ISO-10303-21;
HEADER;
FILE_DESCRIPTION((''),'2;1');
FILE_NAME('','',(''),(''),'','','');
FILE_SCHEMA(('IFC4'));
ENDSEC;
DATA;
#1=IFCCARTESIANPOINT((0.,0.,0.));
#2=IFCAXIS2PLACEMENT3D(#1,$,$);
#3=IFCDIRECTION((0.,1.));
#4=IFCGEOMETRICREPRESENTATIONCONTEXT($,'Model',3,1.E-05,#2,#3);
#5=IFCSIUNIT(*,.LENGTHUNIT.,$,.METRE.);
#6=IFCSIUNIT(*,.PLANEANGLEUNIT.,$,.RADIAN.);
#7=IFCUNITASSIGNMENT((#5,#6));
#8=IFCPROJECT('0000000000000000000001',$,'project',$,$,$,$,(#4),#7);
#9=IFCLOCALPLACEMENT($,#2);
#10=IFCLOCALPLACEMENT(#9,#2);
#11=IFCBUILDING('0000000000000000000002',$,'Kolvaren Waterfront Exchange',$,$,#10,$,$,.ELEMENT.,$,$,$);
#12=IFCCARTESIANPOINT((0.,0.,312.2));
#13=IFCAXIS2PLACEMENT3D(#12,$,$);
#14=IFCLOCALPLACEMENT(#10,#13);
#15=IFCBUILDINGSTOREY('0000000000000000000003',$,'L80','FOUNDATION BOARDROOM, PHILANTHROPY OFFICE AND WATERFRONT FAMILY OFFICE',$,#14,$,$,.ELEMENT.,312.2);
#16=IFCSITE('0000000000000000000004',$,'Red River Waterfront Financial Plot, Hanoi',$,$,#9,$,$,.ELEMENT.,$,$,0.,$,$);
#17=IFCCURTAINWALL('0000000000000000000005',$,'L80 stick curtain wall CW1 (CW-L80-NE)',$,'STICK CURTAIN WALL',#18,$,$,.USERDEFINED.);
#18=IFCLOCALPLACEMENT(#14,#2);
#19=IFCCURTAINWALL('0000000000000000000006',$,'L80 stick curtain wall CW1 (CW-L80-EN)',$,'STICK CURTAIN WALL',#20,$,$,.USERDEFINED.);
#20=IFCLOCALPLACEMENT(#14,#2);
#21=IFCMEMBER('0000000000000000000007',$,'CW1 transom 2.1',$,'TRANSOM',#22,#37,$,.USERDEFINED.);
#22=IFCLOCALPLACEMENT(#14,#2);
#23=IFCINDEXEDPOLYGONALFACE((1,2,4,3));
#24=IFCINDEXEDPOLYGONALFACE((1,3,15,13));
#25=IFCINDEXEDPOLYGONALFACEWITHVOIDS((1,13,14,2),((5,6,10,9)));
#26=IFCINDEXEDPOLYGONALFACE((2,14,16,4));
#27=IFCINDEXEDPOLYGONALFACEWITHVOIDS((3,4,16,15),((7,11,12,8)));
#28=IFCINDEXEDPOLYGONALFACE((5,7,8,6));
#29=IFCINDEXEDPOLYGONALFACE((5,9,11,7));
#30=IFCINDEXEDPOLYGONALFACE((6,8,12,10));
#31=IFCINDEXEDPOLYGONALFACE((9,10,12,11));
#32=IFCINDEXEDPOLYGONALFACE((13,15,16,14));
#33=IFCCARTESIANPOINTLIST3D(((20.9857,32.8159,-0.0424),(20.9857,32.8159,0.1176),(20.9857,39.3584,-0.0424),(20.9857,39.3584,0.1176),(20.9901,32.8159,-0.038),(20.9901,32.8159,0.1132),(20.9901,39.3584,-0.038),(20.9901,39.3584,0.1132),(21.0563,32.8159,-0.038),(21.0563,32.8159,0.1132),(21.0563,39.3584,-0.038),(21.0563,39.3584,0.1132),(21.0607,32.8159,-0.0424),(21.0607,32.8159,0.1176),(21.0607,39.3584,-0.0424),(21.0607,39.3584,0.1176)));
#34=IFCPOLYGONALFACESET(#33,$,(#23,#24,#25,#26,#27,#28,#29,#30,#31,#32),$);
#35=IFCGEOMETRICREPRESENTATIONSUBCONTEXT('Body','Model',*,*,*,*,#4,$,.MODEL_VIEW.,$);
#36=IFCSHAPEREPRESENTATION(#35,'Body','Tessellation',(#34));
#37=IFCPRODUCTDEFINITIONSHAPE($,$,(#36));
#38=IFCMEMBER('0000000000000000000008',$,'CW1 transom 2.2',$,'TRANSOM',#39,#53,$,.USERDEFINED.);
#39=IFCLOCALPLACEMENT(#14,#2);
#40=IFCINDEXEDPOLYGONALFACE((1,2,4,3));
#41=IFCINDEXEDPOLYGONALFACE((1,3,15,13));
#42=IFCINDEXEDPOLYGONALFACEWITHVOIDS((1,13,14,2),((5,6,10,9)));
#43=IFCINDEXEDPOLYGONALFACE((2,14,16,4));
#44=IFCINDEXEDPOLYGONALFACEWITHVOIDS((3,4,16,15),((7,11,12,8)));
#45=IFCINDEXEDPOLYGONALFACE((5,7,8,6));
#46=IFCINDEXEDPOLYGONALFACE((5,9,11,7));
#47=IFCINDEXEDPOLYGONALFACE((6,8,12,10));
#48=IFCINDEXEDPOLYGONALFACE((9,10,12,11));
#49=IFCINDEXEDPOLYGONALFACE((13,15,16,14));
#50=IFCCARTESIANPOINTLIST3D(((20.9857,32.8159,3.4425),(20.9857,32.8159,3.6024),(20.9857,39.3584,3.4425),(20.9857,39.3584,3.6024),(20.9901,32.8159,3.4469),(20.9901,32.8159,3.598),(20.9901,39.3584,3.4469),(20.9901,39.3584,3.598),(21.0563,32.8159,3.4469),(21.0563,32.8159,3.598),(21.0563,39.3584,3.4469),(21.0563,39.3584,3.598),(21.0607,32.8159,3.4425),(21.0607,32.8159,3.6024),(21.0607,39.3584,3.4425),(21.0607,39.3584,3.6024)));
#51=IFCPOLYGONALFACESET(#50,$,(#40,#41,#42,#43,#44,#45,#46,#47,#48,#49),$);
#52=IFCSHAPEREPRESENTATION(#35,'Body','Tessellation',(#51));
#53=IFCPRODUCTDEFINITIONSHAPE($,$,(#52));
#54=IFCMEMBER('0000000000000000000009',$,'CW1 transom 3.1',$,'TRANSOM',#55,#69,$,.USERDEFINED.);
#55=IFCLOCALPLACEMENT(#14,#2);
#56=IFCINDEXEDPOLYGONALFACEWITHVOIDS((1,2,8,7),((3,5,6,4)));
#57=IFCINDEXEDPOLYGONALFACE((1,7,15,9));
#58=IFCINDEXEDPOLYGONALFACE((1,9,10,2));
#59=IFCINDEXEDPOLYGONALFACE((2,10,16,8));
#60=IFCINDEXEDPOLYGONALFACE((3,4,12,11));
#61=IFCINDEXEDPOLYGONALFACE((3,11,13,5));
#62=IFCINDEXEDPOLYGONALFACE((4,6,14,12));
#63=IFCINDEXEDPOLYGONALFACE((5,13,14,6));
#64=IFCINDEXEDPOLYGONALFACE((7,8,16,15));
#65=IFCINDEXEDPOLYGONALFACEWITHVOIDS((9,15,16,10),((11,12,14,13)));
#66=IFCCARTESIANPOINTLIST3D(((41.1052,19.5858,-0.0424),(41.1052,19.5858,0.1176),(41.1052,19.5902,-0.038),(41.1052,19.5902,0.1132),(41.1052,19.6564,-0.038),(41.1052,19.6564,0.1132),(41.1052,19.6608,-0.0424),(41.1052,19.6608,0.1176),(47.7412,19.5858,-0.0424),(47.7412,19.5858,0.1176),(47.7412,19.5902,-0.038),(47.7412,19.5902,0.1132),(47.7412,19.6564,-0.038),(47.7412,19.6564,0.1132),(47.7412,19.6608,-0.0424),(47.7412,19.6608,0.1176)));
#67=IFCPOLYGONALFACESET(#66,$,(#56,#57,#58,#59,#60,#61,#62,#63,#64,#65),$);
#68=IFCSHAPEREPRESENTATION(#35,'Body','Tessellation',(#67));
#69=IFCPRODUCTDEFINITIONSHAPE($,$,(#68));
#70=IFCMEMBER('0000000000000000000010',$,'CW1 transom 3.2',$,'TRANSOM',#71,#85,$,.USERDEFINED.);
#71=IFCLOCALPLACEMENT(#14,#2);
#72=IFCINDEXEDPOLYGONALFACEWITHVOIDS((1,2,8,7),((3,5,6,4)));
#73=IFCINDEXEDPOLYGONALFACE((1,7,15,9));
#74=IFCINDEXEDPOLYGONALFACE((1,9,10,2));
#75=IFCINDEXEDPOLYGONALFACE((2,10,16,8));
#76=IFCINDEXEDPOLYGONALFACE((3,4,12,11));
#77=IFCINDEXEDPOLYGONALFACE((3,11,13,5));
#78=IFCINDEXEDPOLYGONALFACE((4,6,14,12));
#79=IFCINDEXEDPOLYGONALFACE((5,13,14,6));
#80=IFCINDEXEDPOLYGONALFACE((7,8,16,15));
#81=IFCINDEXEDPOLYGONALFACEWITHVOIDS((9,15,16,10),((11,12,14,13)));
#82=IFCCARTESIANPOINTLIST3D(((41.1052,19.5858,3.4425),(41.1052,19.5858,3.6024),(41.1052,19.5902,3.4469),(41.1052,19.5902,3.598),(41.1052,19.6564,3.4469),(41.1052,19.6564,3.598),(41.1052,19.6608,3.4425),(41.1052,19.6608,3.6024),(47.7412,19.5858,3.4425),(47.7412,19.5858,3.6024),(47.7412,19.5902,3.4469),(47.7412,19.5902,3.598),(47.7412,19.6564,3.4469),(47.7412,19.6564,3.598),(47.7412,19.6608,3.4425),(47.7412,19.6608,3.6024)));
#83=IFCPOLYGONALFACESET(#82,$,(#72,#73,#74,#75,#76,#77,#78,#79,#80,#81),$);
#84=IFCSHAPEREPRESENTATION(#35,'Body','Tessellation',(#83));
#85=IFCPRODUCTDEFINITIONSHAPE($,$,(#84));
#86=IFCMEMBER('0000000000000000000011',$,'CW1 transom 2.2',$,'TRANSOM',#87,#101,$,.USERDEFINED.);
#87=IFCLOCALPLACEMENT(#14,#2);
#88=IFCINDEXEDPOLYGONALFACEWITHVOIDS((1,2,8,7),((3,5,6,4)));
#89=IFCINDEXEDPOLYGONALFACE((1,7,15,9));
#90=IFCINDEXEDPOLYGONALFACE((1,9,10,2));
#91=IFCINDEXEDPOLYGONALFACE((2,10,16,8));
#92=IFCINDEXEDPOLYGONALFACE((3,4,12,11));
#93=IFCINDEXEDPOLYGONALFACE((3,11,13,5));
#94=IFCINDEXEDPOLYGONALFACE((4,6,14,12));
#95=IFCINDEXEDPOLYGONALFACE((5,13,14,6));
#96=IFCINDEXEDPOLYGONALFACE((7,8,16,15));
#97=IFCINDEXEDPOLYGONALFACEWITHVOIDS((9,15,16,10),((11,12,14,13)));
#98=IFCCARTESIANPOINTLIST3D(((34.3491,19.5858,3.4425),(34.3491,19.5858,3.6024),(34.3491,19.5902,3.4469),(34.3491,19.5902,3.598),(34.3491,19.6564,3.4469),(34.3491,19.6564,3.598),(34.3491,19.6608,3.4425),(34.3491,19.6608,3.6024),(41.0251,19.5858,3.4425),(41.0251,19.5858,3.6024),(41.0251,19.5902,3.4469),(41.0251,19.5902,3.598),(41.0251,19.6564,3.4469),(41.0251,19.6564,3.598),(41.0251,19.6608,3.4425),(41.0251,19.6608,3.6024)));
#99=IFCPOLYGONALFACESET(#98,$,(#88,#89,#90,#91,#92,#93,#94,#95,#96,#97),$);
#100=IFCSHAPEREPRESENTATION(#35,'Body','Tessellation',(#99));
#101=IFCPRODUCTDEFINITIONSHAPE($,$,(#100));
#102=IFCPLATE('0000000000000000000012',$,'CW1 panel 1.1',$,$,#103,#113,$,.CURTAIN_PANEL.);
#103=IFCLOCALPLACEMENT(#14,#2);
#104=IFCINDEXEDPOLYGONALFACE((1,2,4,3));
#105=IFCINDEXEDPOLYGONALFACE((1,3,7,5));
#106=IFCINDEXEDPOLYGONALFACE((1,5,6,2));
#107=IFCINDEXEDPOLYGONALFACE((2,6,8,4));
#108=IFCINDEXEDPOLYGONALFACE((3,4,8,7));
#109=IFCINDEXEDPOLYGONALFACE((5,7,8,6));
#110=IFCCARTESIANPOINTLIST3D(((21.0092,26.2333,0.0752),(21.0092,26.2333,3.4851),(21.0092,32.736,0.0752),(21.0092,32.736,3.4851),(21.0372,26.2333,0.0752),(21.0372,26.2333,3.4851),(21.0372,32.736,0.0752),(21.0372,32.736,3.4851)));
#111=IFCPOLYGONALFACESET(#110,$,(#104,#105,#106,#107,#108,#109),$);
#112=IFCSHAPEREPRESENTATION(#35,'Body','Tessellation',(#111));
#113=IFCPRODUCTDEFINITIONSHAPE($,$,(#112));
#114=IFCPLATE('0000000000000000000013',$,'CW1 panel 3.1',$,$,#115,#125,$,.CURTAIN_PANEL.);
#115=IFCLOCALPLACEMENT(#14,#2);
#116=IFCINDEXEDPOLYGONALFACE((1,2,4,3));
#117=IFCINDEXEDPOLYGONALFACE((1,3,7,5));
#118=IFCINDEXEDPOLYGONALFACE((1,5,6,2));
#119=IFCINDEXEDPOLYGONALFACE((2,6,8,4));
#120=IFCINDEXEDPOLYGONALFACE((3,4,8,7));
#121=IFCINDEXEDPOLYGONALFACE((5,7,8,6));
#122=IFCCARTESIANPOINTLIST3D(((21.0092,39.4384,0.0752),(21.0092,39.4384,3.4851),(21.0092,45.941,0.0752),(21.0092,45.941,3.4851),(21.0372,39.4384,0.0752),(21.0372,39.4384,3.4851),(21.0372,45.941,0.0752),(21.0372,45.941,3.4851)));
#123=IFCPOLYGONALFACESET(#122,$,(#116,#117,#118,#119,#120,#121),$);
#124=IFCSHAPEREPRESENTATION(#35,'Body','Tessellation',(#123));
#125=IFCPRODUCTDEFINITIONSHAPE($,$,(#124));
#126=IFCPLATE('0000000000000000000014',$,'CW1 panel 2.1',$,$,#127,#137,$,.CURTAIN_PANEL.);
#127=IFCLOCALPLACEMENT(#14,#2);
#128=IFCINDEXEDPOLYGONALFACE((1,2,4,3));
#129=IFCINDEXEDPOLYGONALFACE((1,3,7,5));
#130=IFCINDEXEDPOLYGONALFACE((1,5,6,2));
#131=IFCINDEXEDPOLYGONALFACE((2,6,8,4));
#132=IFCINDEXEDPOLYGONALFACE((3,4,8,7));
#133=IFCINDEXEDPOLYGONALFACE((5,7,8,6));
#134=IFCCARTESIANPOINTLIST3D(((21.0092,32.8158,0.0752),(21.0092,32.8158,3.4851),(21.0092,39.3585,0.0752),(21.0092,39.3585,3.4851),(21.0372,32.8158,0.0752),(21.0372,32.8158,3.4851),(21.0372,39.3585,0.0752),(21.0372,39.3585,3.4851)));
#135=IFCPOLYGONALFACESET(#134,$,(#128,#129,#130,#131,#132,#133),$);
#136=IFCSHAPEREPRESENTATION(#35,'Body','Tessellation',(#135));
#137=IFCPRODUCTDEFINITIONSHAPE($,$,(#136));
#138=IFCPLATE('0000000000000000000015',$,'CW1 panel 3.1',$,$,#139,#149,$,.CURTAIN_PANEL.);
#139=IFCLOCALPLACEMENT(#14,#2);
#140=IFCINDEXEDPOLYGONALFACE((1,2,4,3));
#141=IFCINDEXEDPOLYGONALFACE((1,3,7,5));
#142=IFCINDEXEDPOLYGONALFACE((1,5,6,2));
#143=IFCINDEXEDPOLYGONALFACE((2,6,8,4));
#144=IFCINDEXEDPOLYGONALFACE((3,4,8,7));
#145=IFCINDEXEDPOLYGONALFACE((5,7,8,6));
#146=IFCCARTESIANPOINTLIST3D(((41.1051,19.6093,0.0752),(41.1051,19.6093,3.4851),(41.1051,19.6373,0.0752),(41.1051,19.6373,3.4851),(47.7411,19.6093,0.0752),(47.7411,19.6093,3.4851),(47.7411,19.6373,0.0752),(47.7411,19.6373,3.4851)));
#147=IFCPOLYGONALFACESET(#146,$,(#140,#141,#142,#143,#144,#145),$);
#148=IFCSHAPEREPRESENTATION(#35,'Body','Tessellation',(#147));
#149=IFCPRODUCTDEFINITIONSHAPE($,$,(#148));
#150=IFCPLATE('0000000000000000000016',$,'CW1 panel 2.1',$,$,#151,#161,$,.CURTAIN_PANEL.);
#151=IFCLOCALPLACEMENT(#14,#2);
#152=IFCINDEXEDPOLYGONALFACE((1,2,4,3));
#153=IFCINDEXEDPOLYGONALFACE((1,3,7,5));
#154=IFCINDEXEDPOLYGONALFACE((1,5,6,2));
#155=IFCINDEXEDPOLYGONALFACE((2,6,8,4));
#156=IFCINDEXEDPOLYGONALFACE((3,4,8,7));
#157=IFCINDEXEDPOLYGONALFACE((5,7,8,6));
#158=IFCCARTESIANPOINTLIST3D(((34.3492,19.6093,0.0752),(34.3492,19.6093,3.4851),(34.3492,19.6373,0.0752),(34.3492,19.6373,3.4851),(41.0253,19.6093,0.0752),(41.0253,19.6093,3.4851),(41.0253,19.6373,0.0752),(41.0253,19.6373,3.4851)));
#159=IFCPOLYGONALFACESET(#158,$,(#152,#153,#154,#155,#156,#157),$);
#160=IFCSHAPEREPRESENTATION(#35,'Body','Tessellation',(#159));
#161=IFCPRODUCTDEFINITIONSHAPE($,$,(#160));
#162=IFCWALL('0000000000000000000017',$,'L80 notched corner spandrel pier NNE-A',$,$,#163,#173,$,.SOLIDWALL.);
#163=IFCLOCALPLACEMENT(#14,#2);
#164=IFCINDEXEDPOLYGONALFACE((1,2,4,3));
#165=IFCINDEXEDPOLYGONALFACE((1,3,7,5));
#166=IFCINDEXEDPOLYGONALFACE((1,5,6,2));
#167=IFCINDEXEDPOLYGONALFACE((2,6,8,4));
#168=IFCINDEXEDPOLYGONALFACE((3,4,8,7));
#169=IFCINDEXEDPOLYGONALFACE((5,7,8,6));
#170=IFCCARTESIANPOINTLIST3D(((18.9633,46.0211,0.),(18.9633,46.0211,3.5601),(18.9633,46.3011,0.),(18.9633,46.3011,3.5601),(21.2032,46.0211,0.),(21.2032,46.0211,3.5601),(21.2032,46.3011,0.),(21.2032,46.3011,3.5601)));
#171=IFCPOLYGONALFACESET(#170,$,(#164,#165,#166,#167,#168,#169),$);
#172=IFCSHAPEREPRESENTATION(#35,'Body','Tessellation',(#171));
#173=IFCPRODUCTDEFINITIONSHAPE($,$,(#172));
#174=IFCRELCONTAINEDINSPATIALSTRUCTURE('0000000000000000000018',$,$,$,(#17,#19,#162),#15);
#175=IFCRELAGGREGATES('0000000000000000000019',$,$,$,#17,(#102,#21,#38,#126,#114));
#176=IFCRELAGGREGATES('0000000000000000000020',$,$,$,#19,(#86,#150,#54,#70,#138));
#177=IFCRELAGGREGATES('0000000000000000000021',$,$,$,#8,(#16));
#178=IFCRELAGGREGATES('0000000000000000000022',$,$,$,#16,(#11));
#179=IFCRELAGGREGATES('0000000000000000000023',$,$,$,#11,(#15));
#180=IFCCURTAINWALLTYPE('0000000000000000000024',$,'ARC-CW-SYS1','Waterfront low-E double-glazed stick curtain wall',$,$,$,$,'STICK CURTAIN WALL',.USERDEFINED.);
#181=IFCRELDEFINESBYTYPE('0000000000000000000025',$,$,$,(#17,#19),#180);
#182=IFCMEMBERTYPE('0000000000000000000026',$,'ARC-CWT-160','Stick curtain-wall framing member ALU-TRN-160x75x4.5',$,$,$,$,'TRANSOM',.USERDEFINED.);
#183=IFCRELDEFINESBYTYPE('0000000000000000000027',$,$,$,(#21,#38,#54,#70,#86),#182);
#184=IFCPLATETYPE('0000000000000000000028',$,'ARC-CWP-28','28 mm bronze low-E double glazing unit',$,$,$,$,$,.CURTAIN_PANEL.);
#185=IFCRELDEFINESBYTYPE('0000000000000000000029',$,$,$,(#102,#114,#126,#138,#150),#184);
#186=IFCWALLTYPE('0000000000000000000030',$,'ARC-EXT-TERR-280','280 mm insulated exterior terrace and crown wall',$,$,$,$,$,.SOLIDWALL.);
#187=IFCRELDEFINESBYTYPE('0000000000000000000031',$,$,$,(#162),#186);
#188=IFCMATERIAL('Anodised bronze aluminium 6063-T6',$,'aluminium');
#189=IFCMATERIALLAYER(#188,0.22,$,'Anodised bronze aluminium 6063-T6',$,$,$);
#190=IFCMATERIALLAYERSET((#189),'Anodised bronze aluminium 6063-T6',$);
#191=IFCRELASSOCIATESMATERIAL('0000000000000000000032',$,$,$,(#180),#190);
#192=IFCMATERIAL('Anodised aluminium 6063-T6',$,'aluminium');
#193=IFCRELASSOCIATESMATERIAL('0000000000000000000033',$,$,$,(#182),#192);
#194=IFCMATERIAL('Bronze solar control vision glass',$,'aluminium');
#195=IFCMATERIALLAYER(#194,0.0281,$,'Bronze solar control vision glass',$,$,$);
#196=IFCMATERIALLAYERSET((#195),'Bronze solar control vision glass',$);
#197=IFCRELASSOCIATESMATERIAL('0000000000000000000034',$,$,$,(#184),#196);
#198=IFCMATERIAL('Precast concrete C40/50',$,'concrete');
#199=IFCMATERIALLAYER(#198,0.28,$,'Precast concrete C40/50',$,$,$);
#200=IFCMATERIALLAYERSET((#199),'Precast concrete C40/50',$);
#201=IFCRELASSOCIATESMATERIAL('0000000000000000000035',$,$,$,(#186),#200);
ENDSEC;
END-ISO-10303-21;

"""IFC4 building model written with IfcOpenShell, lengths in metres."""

from ifc_helpers import new_model, si_unit, direction, frame, frame_2d, origin, origin_with_axes, origin_2d, place, context, subcontext, project, spatial, rectangle, hollow_rectangle, extrude, source, transform, mapped, material, layer, layer_set, material_profile, profile_set, type_object, element, aggregate, save


model = new_model("IFC4")

# Units and contexts
model_context = context("Model", 3, precision=1e-05, world=origin(), true_north=direction((0.0, 1.0)))
body_context = subcontext(model_context, "Body", "Model", "MODEL_VIEW")
ifc_project = project(units=[si_unit("LENGTHUNIT", "METRE"), si_unit("PLANEANGLEUNIT", "RADIAN")], contexts=[model_context])

# Site, building, storey
site_placement = place(None, origin())
site = spatial("IfcSite", under=ifc_project, at=site_placement, Name="Red River Waterfront Financial Plot, Hanoi", CompositionType="ELEMENT", RefElevation=0.0)
building_placement = place(site_placement, origin())
building = spatial("IfcBuilding", under=site, at=building_placement, Name="Kolvaren Waterfront Exchange", CompositionType="ELEMENT")
storey_placement = place(building_placement, frame((0.0, 0.0, 312.2)))
storey = spatial("IfcBuildingStorey", under=building, at=storey_placement, Name="L80", Description="FOUNDATION BOARDROOM, PHILANTHROPY OFFICE AND WATERFRONT FAMILY OFFICE", CompositionType="ELEMENT", Elevation=312.2)

# Curtain walls
ifc_material_1 = material(Name="Anodised bronze aluminium 6063-T6", Category="aluminium")
ifc_layer_1 = layer(ifc_material_1, 0.22, Name="Anodised bronze aluminium 6063-T6")
ifc_layer_set_1 = layer_set([ifc_layer_1], Name="Anodised bronze aluminium 6063-T6")
curtain_wall_type = type_object("IfcCurtainWallType", Name="ARC-CW-SYS1", Description="Waterfront low-E double-glazed stick curtain wall", ElementType="STICK CURTAIN WALL", PredefinedType="USERDEFINED", material=ifc_layer_set_1)
curtain_wall_1_placement = place(storey_placement, origin())
curtain_wall_1 = element("IfcCurtainWall", 1, at=curtain_wall_1_placement, inside=storey, type_object=curtain_wall_type, Name="L80 stick curtain wall CW1 (CW-L80-NE)", ObjectType="STICK CURTAIN WALL", PredefinedType="USERDEFINED")
ifc_material_2 = material(Name="Anodised aluminium 6063-T6", Category="aluminium")
curtain_wall_2_placement = place(storey_placement, origin())
curtain_wall_2 = element("IfcCurtainWall", 2, at=curtain_wall_2_placement, inside=storey, type_object=curtain_wall_type, Name="L80 stick curtain wall CW1 (CW-L80-EN)", ObjectType="STICK CURTAIN WALL", PredefinedType="USERDEFINED")

# Members
ifc_material_profile_1 = material_profile(ifc_material_2, hollow_rectangle(XDim=0.075, YDim=0.1599, WallThickness=0.0044, at=origin_2d()), Name="ALU-TRN-160x75x4.5")
ifc_profile_set_1 = profile_set([ifc_material_profile_1], Name="Anodised aluminium 6063-T6")
member_type_1 = type_object("IfcMemberType", Name="ARC-CWT-160", Description="Stick curtain-wall framing member ALU-TRN-160x75x4.5", ElementType="TRANSOM", PredefinedType="USERDEFINED", material=ifc_profile_set_1)
shared_shape_1 = source(origin_with_axes(), body_context, "Body", "SweptSolid", [
    extrude(hollow_rectangle(XDim=0.075, YDim=0.1599, WallThickness=0.0044, at=origin_2d()), origin(), (0.0, 0.0, 1.0), 6.5425),
])
member_1_placement = place(storey_placement, frame((21.0232, 32.8159, 0.0376), z_axis=(0.0, 1.0, 0.0), x_axis=(-1.0, 0.0, 0.0)))
member_1 = element("IfcMember", 3, at=member_1_placement, type_object=member_type_1, Name="CW1 transom 2.1", ObjectType="TRANSOM", PredefinedType="USERDEFINED", context=body_context, shape_type="MappedRepresentation", body=[
    mapped(shared_shape_1, transform((0.0, 0.0, 0.0), x_axis=(1.0, 0.0, 0.0), y_axis=(0.0, 1.0, 0.0), z_axis=(0.0, 0.0, 1.0), scale=1.0)),
])
member_2_placement = place(storey_placement, frame((21.0232, 32.8159, 3.5225), z_axis=(0.0, 1.0, 0.0), x_axis=(-1.0, 0.0, 0.0)))
member_2 = element("IfcMember", 4, at=member_2_placement, type_object=member_type_1, Name="CW1 transom 2.2", ObjectType="TRANSOM", PredefinedType="USERDEFINED", context=body_context, shape_type="MappedRepresentation", body=[
    mapped(shared_shape_1, transform((0.0, 0.0, 0.0), x_axis=(1.0, 0.0, 0.0), y_axis=(0.0, 1.0, 0.0), z_axis=(0.0, 0.0, 1.0), scale=1.0)),
])
shared_shape_2 = source(origin_with_axes(), body_context, "Body", "SweptSolid", [
    extrude(hollow_rectangle(XDim=0.075, YDim=0.1599, WallThickness=0.0044, at=origin_2d()), origin(), (0.0, 0.0, 1.0), 6.636),
])
member_3_placement = place(storey_placement, frame((41.1052, 19.6233, 0.0376), z_axis=(1.0, 0.0, 0.0), x_axis=(0.0, 1.0, 0.0)))
member_3 = element("IfcMember", 5, at=member_3_placement, type_object=member_type_1, Name="CW1 transom 3.1", ObjectType="TRANSOM", PredefinedType="USERDEFINED", context=body_context, shape_type="MappedRepresentation", body=[
    mapped(shared_shape_2, transform((0.0, 0.0, 0.0), x_axis=(1.0, 0.0, 0.0), y_axis=(0.0, 1.0, 0.0), z_axis=(0.0, 0.0, 1.0), scale=1.0)),
])
member_4_placement = place(storey_placement, frame((41.1052, 19.6233, 3.5225), z_axis=(1.0, 0.0, 0.0), x_axis=(0.0, 1.0, 0.0)))
member_4 = element("IfcMember", 6, at=member_4_placement, type_object=member_type_1, Name="CW1 transom 3.2", ObjectType="TRANSOM", PredefinedType="USERDEFINED", context=body_context, shape_type="MappedRepresentation", body=[
    mapped(shared_shape_2, transform((0.0, 0.0, 0.0), x_axis=(1.0, 0.0, 0.0), y_axis=(0.0, 1.0, 0.0), z_axis=(0.0, 0.0, 1.0), scale=1.0)),
])
shared_shape_3 = source(origin_with_axes(), body_context, "Body", "SweptSolid", [
    extrude(hollow_rectangle(XDim=0.075, YDim=0.1599, WallThickness=0.0044, at=origin_2d()), origin(), (0.0, 0.0, 1.0), 6.676),
])
member_5_placement = place(storey_placement, frame((34.3491, 19.6233, 3.5225), z_axis=(1.0, 0.0, 0.0), x_axis=(0.0, 1.0, 0.0)))
member_5 = element("IfcMember", 7, at=member_5_placement, type_object=member_type_1, Name="CW1 transom 2.2", ObjectType="TRANSOM", PredefinedType="USERDEFINED", context=body_context, shape_type="MappedRepresentation", body=[
    mapped(shared_shape_3, transform((0.0, 0.0, 0.0), x_axis=(1.0, 0.0, 0.0), y_axis=(0.0, 1.0, 0.0), z_axis=(0.0, 0.0, 1.0), scale=1.0)),
])

# Plates
ifc_material_3 = material(Name="Bronze solar control vision glass", Category="aluminium")
ifc_layer_2 = layer(ifc_material_3, 0.0281, Name="Bronze solar control vision glass")
ifc_layer_set_2 = layer_set([ifc_layer_2], Name="Bronze solar control vision glass")
plate_type = type_object("IfcPlateType", Name="ARC-CWP-28", Description="28 mm bronze low-E double glazing unit", PredefinedType="CURTAIN_PANEL", material=ifc_layer_set_2)
shared_shape_4 = source(origin_with_axes(), body_context, "Body", "SweptSolid", [
    extrude(rectangle(XDim=6.5027, YDim=0.0281, at=origin_2d()), origin(), (0.0, 0.0, 1.0), 3.4099),
])
plate_1_placement = place(storey_placement, frame((21.0232, 29.4846, 0.0752), z_axis=(0.0, 0.0, 1.0), x_axis=(0.0, 1.0, 0.0)))
plate_1 = element("IfcPlate", 8, at=plate_1_placement, type_object=plate_type, Name="CW1 panel 1.1", PredefinedType="CURTAIN_PANEL", context=body_context, shape_type="MappedRepresentation", body=[
    mapped(shared_shape_4, transform((0.0, 0.0, 0.0), x_axis=(1.0, 0.0, 0.0), y_axis=(0.0, 1.0, 0.0), z_axis=(0.0, 0.0, 1.0), scale=1.0)),
])
plate_2_placement = place(storey_placement, frame((21.0232, 42.6897, 0.0752), z_axis=(0.0, 0.0, 1.0), x_axis=(0.0, 1.0, 0.0)))
plate_2 = element("IfcPlate", 9, at=plate_2_placement, type_object=plate_type, Name="CW1 panel 3.1", PredefinedType="CURTAIN_PANEL", context=body_context, shape_type="MappedRepresentation", body=[
    mapped(shared_shape_4, transform((0.0, 0.0, 0.0), x_axis=(1.0, 0.0, 0.0), y_axis=(0.0, 1.0, 0.0), z_axis=(0.0, 0.0, 1.0), scale=1.0)),
])
shared_shape_5 = source(origin_with_axes(), body_context, "Body", "SweptSolid", [
    extrude(rectangle(XDim=6.5427, YDim=0.0281, at=origin_2d()), origin(), (0.0, 0.0, 1.0), 3.4099),
])
plate_3_placement = place(storey_placement, frame((21.0232, 36.0872, 0.0752), z_axis=(0.0, 0.0, 1.0), x_axis=(0.0, 1.0, 0.0)))
plate_3 = element("IfcPlate", 10, at=plate_3_placement, type_object=plate_type, Name="CW1 panel 2.1", PredefinedType="CURTAIN_PANEL", context=body_context, shape_type="MappedRepresentation", body=[
    mapped(shared_shape_5, transform((0.0, 0.0, 0.0), x_axis=(1.0, 0.0, 0.0), y_axis=(0.0, 1.0, 0.0), z_axis=(0.0, 0.0, 1.0), scale=1.0)),
])
aggregate(curtain_wall_1, [plate_1, member_1, member_2, plate_3, plate_2])
shared_shape_6 = source(origin_with_axes(), body_context, "Body", "SweptSolid", [
    extrude(rectangle(XDim=6.636, YDim=0.0281, at=origin_2d()), origin(), (0.0, 0.0, 1.0), 3.4099),
])
plate_4_placement = place(storey_placement, frame((44.4231, 19.6233, 0.0752), z_axis=(0.0, 0.0, 1.0), x_axis=(1.0, 0.0, 0.0)))
plate_4 = element("IfcPlate", 11, at=plate_4_placement, type_object=plate_type, Name="CW1 panel 3.1", PredefinedType="CURTAIN_PANEL", context=body_context, shape_type="MappedRepresentation", body=[
    mapped(shared_shape_6, transform((0.0, 0.0, 0.0), x_axis=(1.0, 0.0, 0.0), y_axis=(0.0, 1.0, 0.0), z_axis=(0.0, 0.0, 1.0), scale=1.0)),
])
shared_shape_7 = source(origin_with_axes(), body_context, "Body", "SweptSolid", [
    extrude(rectangle(XDim=6.676, YDim=0.0281, at=origin_2d()), origin(), (0.0, 0.0, 1.0), 3.4099),
])
plate_5_placement = place(storey_placement, frame((37.6873, 19.6233, 0.0752), z_axis=(0.0, 0.0, 1.0), x_axis=(1.0, 0.0, 0.0)))
plate_5 = element("IfcPlate", 12, at=plate_5_placement, type_object=plate_type, Name="CW1 panel 2.1", PredefinedType="CURTAIN_PANEL", context=body_context, shape_type="MappedRepresentation", body=[
    mapped(shared_shape_7, transform((0.0, 0.0, 0.0), x_axis=(1.0, 0.0, 0.0), y_axis=(0.0, 1.0, 0.0), z_axis=(0.0, 0.0, 1.0), scale=1.0)),
])
aggregate(curtain_wall_2, [member_5, plate_5, member_3, member_4, plate_4])

# Wall
ifc_material_4 = material(Name="Precast concrete C40/50", Category="concrete")
ifc_layer_3 = layer(ifc_material_4, 0.28, Name="Precast concrete C40/50")
ifc_layer_set_3 = layer_set([ifc_layer_3], Name="Precast concrete C40/50")
wall_type = type_object("IfcWallType", Name="ARC-EXT-TERR-280", Description="280 mm insulated exterior terrace and crown wall", PredefinedType="SOLIDWALL", material=ifc_layer_set_3)
wall_1_placement = place(storey_placement, frame((18.9631, 46.1611, 0.0), z_axis=(0.0, 0.0, 1.0), x_axis=(1.0, 0.0, 0.0)))
element("IfcWall", 13, at=wall_1_placement, inside=storey, type_object=wall_type, Name="L80 notched corner spandrel pier NNE-A", PredefinedType="SOLIDWALL", context=body_context, shape_type="SweptSolid", body=[
    extrude(rectangle(XDim=2.24, YDim=0.28, at=frame_2d((1.1201, 0.0))), origin(), (0.0, 0.0, 1.0), 3.5601),
])

save(model, "model.ifc")
